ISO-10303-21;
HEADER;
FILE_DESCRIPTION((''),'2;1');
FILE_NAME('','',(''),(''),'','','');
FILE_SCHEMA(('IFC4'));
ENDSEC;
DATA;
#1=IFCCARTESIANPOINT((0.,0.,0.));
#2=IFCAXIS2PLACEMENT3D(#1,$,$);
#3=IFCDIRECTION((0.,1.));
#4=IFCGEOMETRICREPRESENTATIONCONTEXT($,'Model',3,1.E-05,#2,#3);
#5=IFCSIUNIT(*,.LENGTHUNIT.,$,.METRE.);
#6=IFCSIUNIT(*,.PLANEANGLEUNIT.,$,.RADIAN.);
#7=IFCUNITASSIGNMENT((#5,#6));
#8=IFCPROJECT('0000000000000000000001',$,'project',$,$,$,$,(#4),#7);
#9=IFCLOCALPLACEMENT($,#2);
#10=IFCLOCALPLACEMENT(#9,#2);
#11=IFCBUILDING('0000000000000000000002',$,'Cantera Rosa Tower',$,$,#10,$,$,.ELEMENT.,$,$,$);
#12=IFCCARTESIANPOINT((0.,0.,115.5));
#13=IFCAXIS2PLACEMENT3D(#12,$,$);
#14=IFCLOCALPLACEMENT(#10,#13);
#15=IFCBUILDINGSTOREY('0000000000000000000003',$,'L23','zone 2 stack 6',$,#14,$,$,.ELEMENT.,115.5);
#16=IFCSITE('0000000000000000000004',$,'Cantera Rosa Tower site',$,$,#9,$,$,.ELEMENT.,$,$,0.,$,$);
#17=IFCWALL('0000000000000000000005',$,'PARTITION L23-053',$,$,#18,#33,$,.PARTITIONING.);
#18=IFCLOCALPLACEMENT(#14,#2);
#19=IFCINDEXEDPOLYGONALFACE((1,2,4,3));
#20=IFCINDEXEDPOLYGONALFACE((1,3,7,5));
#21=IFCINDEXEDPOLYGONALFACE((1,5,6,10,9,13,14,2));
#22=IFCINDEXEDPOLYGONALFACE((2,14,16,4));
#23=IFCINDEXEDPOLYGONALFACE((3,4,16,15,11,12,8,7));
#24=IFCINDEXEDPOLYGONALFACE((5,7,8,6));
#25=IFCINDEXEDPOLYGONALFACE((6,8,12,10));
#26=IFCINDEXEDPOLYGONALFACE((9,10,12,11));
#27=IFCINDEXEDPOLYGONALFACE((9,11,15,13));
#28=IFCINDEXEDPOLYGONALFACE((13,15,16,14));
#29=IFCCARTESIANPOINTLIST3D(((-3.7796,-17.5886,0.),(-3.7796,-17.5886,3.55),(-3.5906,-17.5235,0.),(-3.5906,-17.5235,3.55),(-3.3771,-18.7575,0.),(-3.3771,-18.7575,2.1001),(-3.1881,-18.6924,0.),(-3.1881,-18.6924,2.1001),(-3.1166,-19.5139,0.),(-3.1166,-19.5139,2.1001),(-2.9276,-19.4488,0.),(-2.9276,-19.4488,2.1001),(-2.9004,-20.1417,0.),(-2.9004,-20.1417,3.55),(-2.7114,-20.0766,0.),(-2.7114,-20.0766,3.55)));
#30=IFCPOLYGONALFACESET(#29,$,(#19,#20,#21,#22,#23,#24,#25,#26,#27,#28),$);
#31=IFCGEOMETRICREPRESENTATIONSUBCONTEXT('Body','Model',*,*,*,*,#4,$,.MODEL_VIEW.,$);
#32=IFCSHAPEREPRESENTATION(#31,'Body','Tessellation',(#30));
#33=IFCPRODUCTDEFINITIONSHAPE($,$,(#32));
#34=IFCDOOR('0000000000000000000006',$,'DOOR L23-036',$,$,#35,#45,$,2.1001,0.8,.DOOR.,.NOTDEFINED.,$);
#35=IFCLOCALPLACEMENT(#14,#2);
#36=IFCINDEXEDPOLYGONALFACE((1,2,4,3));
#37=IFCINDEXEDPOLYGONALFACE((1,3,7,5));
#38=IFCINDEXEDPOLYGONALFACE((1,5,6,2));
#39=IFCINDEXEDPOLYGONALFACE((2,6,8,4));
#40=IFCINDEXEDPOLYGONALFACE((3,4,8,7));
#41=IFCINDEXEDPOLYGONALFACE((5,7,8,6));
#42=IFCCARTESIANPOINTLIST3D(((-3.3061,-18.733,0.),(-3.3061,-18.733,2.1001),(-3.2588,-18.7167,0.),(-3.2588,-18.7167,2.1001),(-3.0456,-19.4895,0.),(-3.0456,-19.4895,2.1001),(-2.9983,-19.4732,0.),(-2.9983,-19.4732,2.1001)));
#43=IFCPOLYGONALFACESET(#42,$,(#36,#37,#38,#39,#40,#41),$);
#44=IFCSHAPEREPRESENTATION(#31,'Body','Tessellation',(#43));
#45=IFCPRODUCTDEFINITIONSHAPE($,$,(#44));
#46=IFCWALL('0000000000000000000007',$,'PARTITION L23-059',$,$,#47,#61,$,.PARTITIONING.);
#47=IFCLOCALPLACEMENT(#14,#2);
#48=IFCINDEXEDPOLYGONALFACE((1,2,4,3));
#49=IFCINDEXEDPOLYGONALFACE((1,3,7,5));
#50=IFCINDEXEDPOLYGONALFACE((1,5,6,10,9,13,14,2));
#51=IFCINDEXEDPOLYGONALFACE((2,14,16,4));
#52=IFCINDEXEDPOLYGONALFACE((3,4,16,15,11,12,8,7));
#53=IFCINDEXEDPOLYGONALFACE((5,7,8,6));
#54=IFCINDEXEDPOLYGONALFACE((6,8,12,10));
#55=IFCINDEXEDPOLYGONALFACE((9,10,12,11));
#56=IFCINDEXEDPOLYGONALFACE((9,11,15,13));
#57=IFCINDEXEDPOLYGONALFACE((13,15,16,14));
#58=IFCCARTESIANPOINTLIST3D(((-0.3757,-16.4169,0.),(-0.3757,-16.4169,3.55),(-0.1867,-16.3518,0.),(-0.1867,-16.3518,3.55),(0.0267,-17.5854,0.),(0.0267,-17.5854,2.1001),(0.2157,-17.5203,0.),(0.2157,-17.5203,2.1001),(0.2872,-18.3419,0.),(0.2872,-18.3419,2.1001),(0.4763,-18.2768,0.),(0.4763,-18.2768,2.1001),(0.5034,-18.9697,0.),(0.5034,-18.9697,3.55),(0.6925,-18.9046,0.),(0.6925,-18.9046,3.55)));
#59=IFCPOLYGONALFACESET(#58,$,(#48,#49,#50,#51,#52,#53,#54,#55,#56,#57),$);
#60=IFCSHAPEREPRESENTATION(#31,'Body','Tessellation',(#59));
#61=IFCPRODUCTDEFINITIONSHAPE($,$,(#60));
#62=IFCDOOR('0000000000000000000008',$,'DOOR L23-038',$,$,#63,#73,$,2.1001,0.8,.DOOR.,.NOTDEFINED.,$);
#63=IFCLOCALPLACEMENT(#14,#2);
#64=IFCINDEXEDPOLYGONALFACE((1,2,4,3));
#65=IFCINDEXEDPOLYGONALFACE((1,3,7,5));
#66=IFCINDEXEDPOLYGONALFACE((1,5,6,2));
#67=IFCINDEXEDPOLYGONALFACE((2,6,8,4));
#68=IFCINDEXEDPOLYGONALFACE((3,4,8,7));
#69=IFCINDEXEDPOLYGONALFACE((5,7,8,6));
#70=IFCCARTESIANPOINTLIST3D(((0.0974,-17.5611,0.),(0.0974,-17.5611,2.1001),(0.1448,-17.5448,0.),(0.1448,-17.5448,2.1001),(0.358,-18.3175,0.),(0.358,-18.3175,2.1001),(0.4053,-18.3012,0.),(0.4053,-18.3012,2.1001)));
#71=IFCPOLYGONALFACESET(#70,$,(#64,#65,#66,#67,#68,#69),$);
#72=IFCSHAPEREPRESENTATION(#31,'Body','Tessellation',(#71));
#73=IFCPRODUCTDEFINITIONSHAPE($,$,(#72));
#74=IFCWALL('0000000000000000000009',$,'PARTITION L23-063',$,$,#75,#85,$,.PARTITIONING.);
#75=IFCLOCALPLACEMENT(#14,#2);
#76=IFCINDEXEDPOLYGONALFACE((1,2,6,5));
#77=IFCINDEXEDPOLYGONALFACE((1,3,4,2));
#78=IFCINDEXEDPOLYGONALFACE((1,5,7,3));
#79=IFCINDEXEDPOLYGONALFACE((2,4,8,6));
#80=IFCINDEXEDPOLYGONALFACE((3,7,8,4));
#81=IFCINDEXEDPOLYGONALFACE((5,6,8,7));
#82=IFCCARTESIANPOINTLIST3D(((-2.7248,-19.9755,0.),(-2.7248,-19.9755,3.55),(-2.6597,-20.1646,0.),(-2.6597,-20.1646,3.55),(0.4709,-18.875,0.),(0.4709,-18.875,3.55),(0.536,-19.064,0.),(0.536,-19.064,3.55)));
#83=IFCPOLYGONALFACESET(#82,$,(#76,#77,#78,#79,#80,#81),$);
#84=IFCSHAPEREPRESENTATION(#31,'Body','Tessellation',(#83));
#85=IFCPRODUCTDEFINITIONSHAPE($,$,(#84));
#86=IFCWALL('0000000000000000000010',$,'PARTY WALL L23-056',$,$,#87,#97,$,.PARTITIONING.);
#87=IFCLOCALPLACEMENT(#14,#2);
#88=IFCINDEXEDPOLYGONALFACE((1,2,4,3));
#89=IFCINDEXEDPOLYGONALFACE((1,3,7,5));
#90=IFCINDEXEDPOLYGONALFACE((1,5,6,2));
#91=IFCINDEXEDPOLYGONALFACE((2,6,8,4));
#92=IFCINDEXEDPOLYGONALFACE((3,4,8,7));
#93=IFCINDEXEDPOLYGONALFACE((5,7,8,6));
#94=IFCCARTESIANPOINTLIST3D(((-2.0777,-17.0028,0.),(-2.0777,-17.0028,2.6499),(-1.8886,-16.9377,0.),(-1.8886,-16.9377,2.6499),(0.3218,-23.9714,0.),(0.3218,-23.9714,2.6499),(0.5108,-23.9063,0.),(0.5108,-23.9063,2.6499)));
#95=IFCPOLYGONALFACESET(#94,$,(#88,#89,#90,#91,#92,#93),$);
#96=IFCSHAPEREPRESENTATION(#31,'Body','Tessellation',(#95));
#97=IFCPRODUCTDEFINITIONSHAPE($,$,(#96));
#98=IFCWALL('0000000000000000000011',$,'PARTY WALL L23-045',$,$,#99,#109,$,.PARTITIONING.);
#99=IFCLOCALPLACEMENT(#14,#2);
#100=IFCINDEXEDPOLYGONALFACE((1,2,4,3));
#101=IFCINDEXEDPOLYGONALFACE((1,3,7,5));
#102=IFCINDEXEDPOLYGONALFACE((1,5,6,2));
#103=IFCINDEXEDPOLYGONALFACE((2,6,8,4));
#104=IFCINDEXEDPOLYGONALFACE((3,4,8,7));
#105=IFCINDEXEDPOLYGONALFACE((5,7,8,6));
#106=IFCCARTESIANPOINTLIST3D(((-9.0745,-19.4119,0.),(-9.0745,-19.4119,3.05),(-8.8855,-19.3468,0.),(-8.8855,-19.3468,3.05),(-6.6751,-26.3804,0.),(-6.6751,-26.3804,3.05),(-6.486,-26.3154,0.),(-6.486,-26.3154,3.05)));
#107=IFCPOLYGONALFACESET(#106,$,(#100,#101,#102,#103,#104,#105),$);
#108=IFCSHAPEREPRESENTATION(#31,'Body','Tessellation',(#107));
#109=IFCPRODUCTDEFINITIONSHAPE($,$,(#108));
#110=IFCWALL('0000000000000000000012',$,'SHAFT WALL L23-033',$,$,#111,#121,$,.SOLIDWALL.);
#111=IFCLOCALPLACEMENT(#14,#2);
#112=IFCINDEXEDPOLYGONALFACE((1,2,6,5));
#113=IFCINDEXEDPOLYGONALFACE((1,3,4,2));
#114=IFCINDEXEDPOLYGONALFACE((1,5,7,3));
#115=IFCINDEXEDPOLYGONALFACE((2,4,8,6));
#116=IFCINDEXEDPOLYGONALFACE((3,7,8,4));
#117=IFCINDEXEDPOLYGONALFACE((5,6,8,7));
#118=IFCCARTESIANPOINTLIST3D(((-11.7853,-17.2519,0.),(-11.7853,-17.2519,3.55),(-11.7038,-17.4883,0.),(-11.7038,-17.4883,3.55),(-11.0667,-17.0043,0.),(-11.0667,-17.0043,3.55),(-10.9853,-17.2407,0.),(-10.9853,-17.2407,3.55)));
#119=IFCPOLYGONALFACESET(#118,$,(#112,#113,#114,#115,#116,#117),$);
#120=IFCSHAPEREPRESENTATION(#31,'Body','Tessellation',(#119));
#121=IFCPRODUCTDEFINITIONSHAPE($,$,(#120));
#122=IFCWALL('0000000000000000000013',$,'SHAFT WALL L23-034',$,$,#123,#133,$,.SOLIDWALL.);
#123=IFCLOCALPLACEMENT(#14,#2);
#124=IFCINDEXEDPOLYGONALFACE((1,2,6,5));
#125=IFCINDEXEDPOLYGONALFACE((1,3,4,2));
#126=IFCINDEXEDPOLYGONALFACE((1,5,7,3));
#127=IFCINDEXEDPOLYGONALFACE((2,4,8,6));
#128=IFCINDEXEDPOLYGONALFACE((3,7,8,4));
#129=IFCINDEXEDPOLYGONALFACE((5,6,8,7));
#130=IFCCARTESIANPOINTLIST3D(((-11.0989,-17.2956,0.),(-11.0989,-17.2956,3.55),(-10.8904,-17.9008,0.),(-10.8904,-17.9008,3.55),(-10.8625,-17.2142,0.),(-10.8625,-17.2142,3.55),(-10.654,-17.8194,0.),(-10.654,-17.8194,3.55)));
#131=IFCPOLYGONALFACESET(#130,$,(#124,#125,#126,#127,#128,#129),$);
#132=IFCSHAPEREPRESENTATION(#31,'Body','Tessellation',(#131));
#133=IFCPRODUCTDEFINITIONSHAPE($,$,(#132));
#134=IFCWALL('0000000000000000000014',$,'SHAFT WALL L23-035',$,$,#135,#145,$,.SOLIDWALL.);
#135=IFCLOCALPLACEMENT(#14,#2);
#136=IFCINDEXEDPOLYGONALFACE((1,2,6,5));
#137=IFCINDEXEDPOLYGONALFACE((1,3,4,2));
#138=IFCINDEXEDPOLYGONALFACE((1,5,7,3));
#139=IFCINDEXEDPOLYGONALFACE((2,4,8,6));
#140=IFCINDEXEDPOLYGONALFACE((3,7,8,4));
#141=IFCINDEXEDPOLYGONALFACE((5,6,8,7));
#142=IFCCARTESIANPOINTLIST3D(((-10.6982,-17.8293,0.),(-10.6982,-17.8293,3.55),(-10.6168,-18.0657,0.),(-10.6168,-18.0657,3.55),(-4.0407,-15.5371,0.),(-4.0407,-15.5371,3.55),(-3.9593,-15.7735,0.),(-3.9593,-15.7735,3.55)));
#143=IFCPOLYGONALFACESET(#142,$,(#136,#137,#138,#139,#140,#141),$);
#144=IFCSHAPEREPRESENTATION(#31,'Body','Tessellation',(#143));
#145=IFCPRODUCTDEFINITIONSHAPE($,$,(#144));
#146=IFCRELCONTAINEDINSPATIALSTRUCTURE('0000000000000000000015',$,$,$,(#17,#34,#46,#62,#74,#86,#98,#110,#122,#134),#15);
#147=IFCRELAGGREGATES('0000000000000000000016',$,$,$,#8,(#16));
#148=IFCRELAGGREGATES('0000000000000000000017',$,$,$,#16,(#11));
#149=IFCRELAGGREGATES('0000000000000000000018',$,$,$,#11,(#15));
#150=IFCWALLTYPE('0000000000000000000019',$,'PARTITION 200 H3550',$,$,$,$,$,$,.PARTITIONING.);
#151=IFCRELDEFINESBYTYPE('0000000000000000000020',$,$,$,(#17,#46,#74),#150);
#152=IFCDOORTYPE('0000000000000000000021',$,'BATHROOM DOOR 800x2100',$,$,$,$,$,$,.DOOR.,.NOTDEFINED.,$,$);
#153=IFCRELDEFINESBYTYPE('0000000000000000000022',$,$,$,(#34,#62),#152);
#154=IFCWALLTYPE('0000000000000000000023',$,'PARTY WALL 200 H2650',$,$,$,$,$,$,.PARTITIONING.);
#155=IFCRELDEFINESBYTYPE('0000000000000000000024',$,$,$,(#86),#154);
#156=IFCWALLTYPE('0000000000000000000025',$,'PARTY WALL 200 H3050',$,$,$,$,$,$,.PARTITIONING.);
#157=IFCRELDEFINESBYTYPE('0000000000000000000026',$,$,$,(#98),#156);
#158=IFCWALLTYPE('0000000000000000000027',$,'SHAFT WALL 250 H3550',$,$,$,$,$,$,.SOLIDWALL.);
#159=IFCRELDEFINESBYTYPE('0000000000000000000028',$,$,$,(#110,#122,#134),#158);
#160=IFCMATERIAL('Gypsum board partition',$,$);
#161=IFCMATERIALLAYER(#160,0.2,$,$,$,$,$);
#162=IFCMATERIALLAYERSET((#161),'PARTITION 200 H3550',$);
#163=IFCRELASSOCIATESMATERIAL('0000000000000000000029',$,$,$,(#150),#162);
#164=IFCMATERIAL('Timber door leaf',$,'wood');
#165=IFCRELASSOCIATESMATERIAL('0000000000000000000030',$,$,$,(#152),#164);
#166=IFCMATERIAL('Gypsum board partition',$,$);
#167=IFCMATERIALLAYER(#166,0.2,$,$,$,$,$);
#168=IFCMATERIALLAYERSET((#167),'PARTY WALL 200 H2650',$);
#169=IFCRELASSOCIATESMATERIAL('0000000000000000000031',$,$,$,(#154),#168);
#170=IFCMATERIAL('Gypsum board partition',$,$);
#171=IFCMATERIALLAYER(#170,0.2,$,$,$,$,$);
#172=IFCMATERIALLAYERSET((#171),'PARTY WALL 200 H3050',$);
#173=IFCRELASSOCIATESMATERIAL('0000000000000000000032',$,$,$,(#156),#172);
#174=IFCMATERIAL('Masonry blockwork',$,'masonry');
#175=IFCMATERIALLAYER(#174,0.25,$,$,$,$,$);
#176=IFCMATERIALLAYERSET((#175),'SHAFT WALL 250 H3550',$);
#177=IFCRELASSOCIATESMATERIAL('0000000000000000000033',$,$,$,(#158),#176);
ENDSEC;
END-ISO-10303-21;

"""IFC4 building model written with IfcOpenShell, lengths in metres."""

from ifc_helpers import new_model, si_unit, direction, frame, frame_2d, origin, place, context, subcontext, project, spatial, rectangle, extrude, material, layer, layer_set, type_object, element, fill, save


model = new_model("IFC4")

# Units and contexts
model_context = context("Model", 3, precision=1e-05, world=origin(), true_north=direction((0.0, 1.0)))
body_context = subcontext(model_context, "Body", "Model", "MODEL_VIEW")
ifc_project = project(units=[si_unit("LENGTHUNIT", "METRE"), si_unit("PLANEANGLEUNIT", "RADIAN")], contexts=[model_context])

# Site, building, storey
site_placement = place(None, origin())
site = spatial("IfcSite", under=ifc_project, at=site_placement, Name="Cantera Rosa Tower site", CompositionType="ELEMENT", RefElevation=0.0)
building_placement = place(site_placement, origin())
building = spatial("IfcBuilding", under=site, at=building_placement, Name="Cantera Rosa Tower", CompositionType="ELEMENT")
storey_placement = place(building_placement, frame((0.0, 0.0, 115.5)))
storey = spatial("IfcBuildingStorey", under=building, at=storey_placement, Name="L23", Description="zone 2 stack 6", CompositionType="ELEMENT", Elevation=115.5)

# Shared definitions
ifc_material_1 = material(Name="Gypsum board partition")
ifc_layer_1 = layer(ifc_material_1, 0.2)
ifc_layer_set_1 = layer_set([ifc_layer_1], Name="PARTITION 200 H3550")
wall_type_1 = type_object("IfcWallType", Name="PARTITION 200 H3550", PredefinedType="PARTITIONING", material=ifc_layer_set_1)
ifc_material_2 = material(Name="Timber door leaf", Category="wood")
door_type_1 = type_object("IfcDoorType", Name="BATHROOM DOOR 800x2100", OperationType="NOTDEFINED", PredefinedType="DOOR", material=ifc_material_2)

# Walls, openings, doors
wall_1_placement = place(storey_placement, frame((-2.8059, -20.1091, 0.0), z_axis=(0.0, 0.0, 1.0), x_axis=(-0.325598, 0.945508, 0.0)))
wall_1 = element("IfcWall", 1, at=wall_1_placement, inside=storey, type_object=wall_type_1, Name="PARTITION L23-053", PredefinedType="PARTITIONING", context=body_context, shape_type="SweptSolid", body=[
    extrude(rectangle(XDim=2.7002, YDim=0.2, at=frame_2d((1.3501, 0.0))), origin(), (0.0, 0.0, 1.0), 3.55),
])
opening_1_placement = place(wall_1_placement, frame((0.6641, 0.0, 0.0)))
opening_1 = element("IfcOpeningElement", 2, at=opening_1_placement, cuts=wall_1, PredefinedType="OPENING", context=body_context, shape_type="SweptSolid", body=[
    extrude(rectangle(XDim=0.8, YDim=2.1001, at=frame_2d((0.3999, 1.05))), frame((0.0, 0.1099, 0.0), z_axis=(0.0, -1.0, 0.0), x_axis=(1.0, 0.0, 0.0)), (0.0, 0.0, 1.0), 0.22),
])
door_1_placement = place(opening_1_placement, origin())
door_1 = element("IfcDoor", 3, at=door_1_placement, inside=storey, type_object=door_type_1, Name="DOOR L23-036", OperationType="NOTDEFINED", OverallHeight=2.1001, OverallWidth=0.8, PredefinedType="DOOR", context=body_context, shape_type="SweptSolid", body=[
    extrude(rectangle(XDim=0.8, YDim=2.1001, at=frame_2d((0.3999, 1.05))), frame((0.0, 0.0249, 0.0), z_axis=(0.0, -1.0, 0.0), x_axis=(1.0, 0.0, 0.0)), (0.0, 0.0, 1.0), 0.05),
])
fill(opening_1, door_1)
wall_2_placement = place(storey_placement, frame((-0.2812, -16.3843, 0.0), z_axis=(0.0, 0.0, 1.0), x_axis=(0.325626, -0.945499, 0.0)))
wall_2 = element("IfcWall", 4, at=wall_2_placement, inside=storey, type_object=wall_type_1, Name="PARTITION L23-059", PredefinedType="PARTITIONING", context=body_context, shape_type="SweptSolid", body=[
    extrude(rectangle(XDim=2.7, YDim=0.2, at=frame_2d((1.3501, 0.0))), origin(), (0.0, 0.0, 1.0), 3.55),
])
opening_2_placement = place(wall_2_placement, frame((1.2361, 0.0, 0.0)))
opening_2 = element("IfcOpeningElement", 5, at=opening_2_placement, cuts=wall_2, PredefinedType="OPENING", context=body_context, shape_type="SweptSolid", body=[
    extrude(rectangle(XDim=0.8, YDim=2.1001, at=frame_2d((0.3999, 1.05))), frame((0.0, 0.1099, 0.0), z_axis=(0.0, -1.0, 0.0), x_axis=(1.0, 0.0, 0.0)), (0.0, 0.0, 1.0), 0.22),
])
door_2_placement = place(opening_2_placement, origin())
door_2 = element("IfcDoor", 6, at=door_2_placement, inside=storey, type_object=door_type_1, Name="DOOR L23-038", OperationType="NOTDEFINED", OverallHeight=2.1001, OverallWidth=0.8, PredefinedType="DOOR", context=body_context, shape_type="SweptSolid", body=[
    extrude(rectangle(XDim=0.8, YDim=2.1001, at=frame_2d((0.3999, 1.05))), frame((0.0, 0.0249, 0.0), z_axis=(0.0, -1.0, 0.0), x_axis=(1.0, 0.0, 0.0)), (0.0, 0.0, 1.0), 0.05),
])
fill(opening_2, door_2)

# Walls
wall_3_placement = place(storey_placement, frame((0.5034, -18.9695, 0.0), z_axis=(0.0, 0.0, 1.0), x_axis=(-0.945502, -0.325617, 0.0)))
element("IfcWall", 7, at=wall_3_placement, inside=storey, type_object=wall_type_1, Name="PARTITION L23-063", PredefinedType="PARTITIONING", context=body_context, shape_type="SweptSolid", body=[
    extrude(rectangle(XDim=3.3799, YDim=0.2, at=frame_2d((1.6899, 0.0))), origin(), (0.0, 0.0, 1.0), 3.55),
])
ifc_material_3 = material(Name="Gypsum board partition")
ifc_layer_2 = layer(ifc_material_3, 0.2)
ifc_layer_set_2 = layer_set([ifc_layer_2], Name="PARTY WALL 200 H2650")
wall_type_2 = type_object("IfcWallType", Name="PARTY WALL 200 H2650", PredefinedType="PARTITIONING", material=ifc_layer_set_2)
wall_4_placement = place(storey_placement, frame((-1.9832, -16.9702, 0.0), z_axis=(0.0, 0.0, 1.0), x_axis=(0.325564, -0.94552, 0.0)))
element("IfcWall", 8, at=wall_4_placement, inside=storey, type_object=wall_type_2, Name="PARTY WALL L23-056", PredefinedType="PARTITIONING", context=body_context, shape_type="SweptSolid", body=[
    extrude(rectangle(XDim=7.3701, YDim=0.2, at=frame_2d((3.6851, 0.0))), origin(), (0.0, 0.0, 1.0), 2.6499),
])
ifc_material_4 = material(Name="Gypsum board partition")
ifc_layer_3 = layer(ifc_material_4, 0.2)
ifc_layer_set_3 = layer_set([ifc_layer_3], Name="PARTY WALL 200 H3050")
wall_type_3 = type_object("IfcWallType", Name="PARTY WALL 200 H3050", PredefinedType="PARTITIONING", material=ifc_layer_set_3)
wall_5_placement = place(storey_placement, frame((-6.5806, -26.3479, 0.0), z_axis=(0.0, 0.0, 1.0), x_axis=(-0.325564, 0.94552, 0.0)))
element("IfcWall", 9, at=wall_5_placement, inside=storey, type_object=wall_type_3, Name="PARTY WALL L23-045", PredefinedType="PARTITIONING", context=body_context, shape_type="SweptSolid", body=[
    extrude(rectangle(XDim=7.3701, YDim=0.2, at=frame_2d((3.6851, 0.0))), origin(), (0.0, 0.0, 1.0), 3.05),
])
ifc_material_5 = material(Name="Masonry blockwork", Category="masonry")
ifc_layer_4 = layer(ifc_material_5, 0.25)
ifc_layer_set_4 = layer_set([ifc_layer_4], Name="SHAFT WALL 250 H3550")
wall_type_4 = type_object("IfcWallType", Name="SHAFT WALL 250 H3550", PredefinedType="SOLIDWALL", material=ifc_layer_set_4)
wall_6_placement = place(storey_placement, frame((-11.0261, -17.1226, 0.0), z_axis=(0.0, 0.0, 1.0), x_axis=(-0.945455, -0.325753, 0.0)))
element("IfcWall", 10, at=wall_6_placement, inside=storey, type_object=wall_type_4, Name="SHAFT WALL L23-033", PredefinedType="SOLIDWALL", context=body_context, shape_type="SweptSolid", body=[
    extrude(rectangle(XDim=0.76, YDim=0.25, at=frame_2d((0.3799, 0.0))), origin(), (0.0, 0.0, 1.0), 3.55),
])
wall_7_placement = place(storey_placement, frame((-10.7722, -17.8601, 0.0), z_axis=(0.0, 0.0, 1.0), x_axis=(-0.325709, 0.94547, 0.0)))
element("IfcWall", 11, at=wall_7_placement, inside=storey, type_object=wall_type_4, Name="SHAFT WALL L23-034", PredefinedType="SOLIDWALL", context=body_context, shape_type="SweptSolid", body=[
    extrude(rectangle(XDim=0.6401, YDim=0.25, at=frame_2d((0.3201, 0.0))), origin(), (0.0, 0.0, 1.0), 3.55),
])
wall_8_placement = place(storey_placement, frame((-10.6575, -17.9475, 0.0), z_axis=(0.0, 0.0, 1.0), x_axis=(0.945524, 0.325554, 0.0)))
element("IfcWall", 12, at=wall_8_placement, inside=storey, type_object=wall_type_4, Name="SHAFT WALL L23-035", PredefinedType="SOLIDWALL", context=body_context, shape_type="SweptSolid", body=[
    extrude(rectangle(XDim=7.041, YDim=0.25, at=frame_2d((3.5205, 0.0))), origin(), (0.0, 0.0, 1.0), 3.55),
])

save(model, "model.ifc")
